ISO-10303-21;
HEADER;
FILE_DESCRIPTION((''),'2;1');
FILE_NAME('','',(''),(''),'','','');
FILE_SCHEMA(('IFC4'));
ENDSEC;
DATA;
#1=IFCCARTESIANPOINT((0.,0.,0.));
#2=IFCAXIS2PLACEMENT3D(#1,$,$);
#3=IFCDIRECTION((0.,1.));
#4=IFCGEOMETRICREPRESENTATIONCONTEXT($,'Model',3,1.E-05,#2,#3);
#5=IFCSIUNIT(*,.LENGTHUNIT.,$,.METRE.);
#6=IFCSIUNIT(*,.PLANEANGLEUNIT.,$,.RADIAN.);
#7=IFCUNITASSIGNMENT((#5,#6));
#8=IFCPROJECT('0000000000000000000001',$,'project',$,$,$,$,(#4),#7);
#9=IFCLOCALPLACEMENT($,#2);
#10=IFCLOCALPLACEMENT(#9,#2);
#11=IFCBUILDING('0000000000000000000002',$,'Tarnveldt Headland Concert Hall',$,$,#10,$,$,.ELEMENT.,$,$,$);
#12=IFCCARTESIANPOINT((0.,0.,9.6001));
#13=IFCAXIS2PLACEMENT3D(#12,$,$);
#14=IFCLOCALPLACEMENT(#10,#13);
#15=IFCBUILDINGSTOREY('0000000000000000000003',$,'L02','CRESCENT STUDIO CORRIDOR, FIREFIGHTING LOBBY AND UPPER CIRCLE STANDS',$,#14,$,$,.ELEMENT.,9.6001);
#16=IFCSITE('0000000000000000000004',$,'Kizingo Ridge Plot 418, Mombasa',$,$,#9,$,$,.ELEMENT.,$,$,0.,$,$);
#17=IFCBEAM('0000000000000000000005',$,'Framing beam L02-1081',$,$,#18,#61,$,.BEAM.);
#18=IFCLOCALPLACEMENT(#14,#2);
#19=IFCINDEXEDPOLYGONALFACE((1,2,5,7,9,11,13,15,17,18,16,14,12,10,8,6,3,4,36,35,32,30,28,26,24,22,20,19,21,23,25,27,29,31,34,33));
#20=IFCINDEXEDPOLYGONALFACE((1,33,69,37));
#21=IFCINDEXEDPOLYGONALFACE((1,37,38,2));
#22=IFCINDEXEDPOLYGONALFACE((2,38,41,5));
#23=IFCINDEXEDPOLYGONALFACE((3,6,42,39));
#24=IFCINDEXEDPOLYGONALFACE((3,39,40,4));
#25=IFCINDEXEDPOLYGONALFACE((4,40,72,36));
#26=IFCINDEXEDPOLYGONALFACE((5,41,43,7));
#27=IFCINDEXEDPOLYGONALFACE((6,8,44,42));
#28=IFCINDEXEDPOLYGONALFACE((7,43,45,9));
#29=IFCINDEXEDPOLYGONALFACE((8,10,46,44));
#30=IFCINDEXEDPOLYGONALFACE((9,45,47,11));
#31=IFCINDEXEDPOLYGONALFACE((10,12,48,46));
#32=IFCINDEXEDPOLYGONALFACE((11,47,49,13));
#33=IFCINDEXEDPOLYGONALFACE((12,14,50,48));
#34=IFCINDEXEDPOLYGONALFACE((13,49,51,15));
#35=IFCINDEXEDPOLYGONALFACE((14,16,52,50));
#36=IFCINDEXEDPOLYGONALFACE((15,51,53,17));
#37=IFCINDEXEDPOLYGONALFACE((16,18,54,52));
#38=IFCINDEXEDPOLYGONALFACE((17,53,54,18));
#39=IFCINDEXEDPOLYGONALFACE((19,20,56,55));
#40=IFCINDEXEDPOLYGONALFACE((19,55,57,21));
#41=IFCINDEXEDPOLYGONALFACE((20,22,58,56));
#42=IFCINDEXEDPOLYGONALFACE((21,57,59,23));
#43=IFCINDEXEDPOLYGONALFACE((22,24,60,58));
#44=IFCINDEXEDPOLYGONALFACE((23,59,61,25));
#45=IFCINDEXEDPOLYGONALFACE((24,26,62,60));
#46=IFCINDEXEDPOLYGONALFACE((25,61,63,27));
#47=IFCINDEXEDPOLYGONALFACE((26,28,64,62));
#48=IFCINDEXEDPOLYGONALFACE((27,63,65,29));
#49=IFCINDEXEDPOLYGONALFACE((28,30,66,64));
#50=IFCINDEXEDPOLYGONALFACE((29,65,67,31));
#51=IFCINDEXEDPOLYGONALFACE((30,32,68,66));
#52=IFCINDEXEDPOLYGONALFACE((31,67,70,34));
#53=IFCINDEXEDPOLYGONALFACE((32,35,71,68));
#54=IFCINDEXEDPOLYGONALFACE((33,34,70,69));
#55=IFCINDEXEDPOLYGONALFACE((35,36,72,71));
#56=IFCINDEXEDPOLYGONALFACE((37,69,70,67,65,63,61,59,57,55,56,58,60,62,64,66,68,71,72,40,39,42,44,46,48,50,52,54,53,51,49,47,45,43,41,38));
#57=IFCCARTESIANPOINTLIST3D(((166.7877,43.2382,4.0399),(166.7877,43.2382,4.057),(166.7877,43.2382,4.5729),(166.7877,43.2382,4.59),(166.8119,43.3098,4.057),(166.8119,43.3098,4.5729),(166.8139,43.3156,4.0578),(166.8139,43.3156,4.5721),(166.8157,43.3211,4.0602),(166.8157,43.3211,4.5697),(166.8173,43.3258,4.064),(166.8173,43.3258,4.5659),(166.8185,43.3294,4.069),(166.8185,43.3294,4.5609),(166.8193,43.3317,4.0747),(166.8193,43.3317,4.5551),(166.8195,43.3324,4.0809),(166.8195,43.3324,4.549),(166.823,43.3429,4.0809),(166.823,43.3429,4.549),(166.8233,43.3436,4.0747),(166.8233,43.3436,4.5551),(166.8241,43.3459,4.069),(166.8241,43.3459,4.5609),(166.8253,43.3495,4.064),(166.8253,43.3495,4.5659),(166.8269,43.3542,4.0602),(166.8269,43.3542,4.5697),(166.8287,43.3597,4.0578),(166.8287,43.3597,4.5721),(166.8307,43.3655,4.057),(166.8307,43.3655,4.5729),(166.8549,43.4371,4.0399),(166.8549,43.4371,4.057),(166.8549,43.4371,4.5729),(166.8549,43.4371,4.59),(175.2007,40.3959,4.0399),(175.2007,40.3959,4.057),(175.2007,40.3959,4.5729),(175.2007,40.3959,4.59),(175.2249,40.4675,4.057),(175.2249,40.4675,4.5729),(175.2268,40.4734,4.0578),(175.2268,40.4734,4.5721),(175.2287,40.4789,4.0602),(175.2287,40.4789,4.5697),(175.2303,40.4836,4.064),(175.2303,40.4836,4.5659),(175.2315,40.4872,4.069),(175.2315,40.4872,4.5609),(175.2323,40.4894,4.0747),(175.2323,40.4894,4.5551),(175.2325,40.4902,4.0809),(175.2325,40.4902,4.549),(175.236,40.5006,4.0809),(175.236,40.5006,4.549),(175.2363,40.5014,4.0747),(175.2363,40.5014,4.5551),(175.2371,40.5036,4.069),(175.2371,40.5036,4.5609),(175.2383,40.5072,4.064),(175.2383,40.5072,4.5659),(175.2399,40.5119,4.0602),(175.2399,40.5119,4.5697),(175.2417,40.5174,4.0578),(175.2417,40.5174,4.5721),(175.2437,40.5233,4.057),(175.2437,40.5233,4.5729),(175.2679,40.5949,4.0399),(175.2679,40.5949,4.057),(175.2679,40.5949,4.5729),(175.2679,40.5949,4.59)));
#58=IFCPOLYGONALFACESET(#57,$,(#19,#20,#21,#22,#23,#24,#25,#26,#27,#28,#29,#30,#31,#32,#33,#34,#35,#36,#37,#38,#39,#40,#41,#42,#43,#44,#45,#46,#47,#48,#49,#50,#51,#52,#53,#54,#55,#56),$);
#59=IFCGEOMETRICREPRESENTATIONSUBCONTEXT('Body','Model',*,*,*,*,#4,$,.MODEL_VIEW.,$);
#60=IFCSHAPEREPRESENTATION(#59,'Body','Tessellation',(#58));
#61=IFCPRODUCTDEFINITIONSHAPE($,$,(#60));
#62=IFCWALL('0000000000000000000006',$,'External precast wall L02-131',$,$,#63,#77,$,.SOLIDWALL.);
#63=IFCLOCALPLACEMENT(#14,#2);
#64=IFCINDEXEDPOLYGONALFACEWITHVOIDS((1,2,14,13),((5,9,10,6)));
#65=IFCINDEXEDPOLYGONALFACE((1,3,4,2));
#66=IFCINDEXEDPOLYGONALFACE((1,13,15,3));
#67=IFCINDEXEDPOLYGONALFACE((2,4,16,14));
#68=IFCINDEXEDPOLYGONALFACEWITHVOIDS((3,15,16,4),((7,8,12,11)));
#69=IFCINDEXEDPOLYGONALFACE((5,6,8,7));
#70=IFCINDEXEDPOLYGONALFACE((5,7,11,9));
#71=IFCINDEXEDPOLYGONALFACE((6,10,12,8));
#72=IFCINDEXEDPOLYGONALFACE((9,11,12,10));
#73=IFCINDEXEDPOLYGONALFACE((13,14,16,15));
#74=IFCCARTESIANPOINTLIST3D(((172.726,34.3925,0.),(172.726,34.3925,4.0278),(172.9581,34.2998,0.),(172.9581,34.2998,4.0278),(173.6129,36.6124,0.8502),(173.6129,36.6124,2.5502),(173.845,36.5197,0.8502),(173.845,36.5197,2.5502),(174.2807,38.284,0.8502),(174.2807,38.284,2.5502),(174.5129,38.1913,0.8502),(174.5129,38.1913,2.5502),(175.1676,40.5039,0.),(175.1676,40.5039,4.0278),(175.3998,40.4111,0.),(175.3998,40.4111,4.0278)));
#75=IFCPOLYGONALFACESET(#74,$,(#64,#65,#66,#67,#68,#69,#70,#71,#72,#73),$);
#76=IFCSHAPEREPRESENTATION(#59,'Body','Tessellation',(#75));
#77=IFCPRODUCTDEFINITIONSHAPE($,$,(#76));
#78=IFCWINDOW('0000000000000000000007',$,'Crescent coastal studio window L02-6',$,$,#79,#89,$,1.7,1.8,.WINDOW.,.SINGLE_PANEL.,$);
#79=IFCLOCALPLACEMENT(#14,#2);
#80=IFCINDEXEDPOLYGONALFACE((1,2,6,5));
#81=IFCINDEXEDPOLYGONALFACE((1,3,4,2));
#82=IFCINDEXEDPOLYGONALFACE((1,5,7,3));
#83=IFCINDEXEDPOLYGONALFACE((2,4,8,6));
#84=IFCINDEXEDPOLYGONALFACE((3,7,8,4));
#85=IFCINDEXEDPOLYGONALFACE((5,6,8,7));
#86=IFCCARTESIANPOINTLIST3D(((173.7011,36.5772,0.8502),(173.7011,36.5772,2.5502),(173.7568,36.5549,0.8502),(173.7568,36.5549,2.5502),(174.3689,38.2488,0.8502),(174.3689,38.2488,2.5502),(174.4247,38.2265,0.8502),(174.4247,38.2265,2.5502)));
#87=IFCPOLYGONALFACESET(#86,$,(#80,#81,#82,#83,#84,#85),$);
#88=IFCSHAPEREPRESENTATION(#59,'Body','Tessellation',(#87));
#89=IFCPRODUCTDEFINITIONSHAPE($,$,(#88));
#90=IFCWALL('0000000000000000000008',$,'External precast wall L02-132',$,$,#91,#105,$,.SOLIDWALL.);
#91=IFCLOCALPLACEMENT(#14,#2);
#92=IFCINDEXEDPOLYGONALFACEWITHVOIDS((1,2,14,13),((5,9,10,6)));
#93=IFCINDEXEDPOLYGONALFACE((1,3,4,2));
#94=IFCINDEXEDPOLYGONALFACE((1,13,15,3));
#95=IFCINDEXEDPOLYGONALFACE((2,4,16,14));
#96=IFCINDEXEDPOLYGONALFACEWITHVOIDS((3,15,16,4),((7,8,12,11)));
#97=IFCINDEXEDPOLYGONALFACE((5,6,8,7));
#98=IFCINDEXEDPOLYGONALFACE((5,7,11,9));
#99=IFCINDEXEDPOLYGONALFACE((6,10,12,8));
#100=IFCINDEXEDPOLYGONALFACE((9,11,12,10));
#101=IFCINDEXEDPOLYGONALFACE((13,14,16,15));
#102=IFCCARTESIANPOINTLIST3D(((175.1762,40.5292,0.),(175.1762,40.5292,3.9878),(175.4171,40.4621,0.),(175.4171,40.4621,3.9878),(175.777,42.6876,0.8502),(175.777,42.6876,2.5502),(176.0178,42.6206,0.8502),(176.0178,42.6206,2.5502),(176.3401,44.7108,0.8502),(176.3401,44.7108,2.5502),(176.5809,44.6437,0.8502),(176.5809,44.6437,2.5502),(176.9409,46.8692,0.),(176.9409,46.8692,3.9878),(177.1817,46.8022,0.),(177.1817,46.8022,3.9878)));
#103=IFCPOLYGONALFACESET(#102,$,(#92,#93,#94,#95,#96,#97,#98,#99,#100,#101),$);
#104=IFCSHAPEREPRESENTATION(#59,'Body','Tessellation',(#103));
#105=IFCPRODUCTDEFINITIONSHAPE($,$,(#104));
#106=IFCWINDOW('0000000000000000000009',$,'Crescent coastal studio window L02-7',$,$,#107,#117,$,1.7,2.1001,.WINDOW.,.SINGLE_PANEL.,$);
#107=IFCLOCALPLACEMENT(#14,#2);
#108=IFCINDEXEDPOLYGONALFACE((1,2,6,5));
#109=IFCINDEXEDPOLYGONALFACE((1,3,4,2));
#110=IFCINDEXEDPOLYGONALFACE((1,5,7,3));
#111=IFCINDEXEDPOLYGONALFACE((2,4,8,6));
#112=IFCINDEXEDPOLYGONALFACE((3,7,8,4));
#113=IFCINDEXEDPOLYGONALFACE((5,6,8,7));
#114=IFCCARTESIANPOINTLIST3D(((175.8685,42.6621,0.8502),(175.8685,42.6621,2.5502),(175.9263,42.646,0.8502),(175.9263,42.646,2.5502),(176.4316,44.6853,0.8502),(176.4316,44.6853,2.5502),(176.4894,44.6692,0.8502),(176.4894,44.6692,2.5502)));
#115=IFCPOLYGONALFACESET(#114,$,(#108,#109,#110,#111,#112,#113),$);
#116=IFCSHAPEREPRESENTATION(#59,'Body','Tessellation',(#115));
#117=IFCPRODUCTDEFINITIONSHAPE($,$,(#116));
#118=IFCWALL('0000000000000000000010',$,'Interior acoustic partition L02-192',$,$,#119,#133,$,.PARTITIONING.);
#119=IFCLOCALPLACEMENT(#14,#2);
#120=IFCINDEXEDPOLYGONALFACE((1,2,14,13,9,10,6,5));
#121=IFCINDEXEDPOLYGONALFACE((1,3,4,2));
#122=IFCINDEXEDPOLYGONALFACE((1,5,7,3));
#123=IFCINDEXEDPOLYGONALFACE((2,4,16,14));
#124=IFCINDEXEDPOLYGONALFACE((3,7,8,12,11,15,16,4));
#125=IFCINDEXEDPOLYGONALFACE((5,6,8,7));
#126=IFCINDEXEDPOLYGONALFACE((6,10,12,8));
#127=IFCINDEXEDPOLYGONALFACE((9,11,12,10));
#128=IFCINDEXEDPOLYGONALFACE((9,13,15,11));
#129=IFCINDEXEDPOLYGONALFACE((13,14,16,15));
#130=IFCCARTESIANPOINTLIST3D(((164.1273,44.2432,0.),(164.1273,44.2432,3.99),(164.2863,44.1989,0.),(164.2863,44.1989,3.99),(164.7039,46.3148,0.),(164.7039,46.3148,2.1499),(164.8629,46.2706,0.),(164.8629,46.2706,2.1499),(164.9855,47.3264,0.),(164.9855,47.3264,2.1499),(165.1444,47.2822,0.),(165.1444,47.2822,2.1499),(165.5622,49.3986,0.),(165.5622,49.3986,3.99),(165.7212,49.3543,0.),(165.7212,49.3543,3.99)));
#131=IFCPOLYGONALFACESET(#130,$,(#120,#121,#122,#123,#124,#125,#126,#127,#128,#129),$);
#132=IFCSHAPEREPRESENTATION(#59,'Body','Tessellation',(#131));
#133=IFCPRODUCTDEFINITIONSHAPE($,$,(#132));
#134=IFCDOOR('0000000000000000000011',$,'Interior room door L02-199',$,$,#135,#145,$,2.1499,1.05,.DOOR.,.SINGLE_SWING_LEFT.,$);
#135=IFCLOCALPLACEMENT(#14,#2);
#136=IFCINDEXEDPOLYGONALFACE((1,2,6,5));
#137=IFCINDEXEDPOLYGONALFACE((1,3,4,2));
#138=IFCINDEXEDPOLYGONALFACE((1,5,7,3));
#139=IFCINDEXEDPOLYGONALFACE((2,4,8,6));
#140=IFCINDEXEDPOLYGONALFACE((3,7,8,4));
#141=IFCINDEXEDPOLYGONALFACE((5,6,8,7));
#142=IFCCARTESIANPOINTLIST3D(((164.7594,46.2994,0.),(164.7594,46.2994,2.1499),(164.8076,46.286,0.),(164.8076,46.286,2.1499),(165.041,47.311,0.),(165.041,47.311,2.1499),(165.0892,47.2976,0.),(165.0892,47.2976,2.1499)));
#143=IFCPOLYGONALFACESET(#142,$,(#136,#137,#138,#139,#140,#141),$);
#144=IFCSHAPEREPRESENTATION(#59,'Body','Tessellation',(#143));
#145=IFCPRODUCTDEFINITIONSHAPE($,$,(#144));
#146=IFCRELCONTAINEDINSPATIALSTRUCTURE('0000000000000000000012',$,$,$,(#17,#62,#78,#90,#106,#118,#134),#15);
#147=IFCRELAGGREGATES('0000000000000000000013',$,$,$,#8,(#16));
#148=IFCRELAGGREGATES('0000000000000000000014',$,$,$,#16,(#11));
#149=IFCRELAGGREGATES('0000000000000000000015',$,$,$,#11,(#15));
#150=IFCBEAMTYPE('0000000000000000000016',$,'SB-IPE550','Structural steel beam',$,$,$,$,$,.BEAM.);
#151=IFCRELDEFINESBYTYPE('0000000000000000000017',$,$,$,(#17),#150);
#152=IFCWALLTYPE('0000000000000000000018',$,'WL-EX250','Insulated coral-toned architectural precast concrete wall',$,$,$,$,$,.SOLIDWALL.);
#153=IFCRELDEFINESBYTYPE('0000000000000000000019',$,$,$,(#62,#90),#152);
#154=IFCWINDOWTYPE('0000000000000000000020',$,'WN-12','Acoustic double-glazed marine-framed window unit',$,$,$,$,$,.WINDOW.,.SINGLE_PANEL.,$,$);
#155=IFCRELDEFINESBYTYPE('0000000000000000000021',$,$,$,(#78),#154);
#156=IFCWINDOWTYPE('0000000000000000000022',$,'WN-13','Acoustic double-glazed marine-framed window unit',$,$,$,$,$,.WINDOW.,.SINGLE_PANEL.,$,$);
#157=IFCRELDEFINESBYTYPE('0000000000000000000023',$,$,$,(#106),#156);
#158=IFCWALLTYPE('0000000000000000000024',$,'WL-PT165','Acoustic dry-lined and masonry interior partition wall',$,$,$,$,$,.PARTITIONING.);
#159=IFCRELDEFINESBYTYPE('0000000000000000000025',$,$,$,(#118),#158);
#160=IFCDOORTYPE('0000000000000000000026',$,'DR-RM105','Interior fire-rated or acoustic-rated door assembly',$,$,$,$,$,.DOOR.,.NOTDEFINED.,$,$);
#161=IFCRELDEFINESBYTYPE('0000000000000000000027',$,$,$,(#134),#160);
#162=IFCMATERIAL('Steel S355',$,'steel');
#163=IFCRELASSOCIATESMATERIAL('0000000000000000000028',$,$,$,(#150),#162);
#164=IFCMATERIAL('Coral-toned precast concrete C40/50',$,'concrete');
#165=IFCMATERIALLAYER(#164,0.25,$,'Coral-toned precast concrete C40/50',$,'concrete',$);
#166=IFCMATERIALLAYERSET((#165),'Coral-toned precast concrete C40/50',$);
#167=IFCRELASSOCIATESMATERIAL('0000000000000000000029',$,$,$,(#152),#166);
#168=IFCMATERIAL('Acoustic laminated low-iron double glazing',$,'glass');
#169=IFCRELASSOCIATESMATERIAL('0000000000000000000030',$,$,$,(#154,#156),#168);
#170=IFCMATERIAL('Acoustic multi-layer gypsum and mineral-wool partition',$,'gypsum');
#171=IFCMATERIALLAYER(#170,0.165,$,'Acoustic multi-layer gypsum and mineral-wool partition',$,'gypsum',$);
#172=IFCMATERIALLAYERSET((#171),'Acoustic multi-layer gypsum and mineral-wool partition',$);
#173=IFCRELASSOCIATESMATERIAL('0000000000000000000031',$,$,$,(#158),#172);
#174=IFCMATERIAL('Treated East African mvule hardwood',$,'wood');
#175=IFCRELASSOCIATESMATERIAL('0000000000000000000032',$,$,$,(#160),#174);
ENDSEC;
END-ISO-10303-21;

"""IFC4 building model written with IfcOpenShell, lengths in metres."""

from ifc_helpers import new_model, si_unit, direction, frame, frame_2d, origin, origin_2d, place, context, subcontext, project, spatial, rectangle, i_section, extrude, material, layer, layer_set, material_profile, profile_set, type_object, element, fill, save


model = new_model("IFC4")

# Units and contexts
model_context = context("Model", 3, precision=1e-05, world=origin(), true_north=direction((0.0, 1.0)))
body_context = subcontext(model_context, "Body", "Model", "MODEL_VIEW")
ifc_project = project(units=[si_unit("LENGTHUNIT", "METRE"), si_unit("PLANEANGLEUNIT", "RADIAN")], contexts=[model_context])

# Site, building, storey
site_placement = place(None, origin())
site = spatial("IfcSite", under=ifc_project, at=site_placement, Name="Kizingo Ridge Plot 418, Mombasa", CompositionType="ELEMENT", RefElevation=0.0)
building_placement = place(site_placement, origin())
building = spatial("IfcBuilding", under=site, at=building_placement, Name="Tarnveldt Headland Concert Hall", CompositionType="ELEMENT")
storey_placement = place(building_placement, frame((0.0, 0.0, 9.6001)))
storey = spatial("IfcBuildingStorey", under=building, at=storey_placement, Name="L02", Description="CRESCENT STUDIO CORRIDOR, FIREFIGHTING LOBBY AND UPPER CIRCLE STANDS", CompositionType="ELEMENT", Elevation=9.6001)

# Shared definitions
ifc_material_1 = material(Name="Steel S355", Category="steel")

# Beam
ifc_material_profile_1 = material_profile(ifc_material_1, i_section(OverallWidth=0.21, OverallDepth=0.55, WebThickness=0.011, FlangeThickness=0.0171, FilletRadius=0.0239, at=origin_2d()), Name="IPE550", Category="steel")
ifc_profile_set_1 = profile_set([ifc_material_profile_1], Name="Steel S355")
beam_type_1 = type_object("IfcBeamType", Name="SB-IPE550", Description="Structural steel beam", PredefinedType="BEAM", material=ifc_profile_set_1)
beam_1_placement = place(storey_placement, frame((166.8213, 43.3376, 4.3149), z_axis=(0.947394, -0.320069, 0.0), x_axis=(0.320069, 0.947394, 0.0)))
element("IfcBeam", 1, at=beam_1_placement, inside=storey, type_object=beam_type_1, Name="Framing beam L02-1081", PredefinedType="BEAM", context=body_context, shape_type="SweptSolid", body=[
    extrude(i_section(OverallWidth=0.21, OverallDepth=0.55, WebThickness=0.011, FlangeThickness=0.0171, FilletRadius=0.0239, at=origin_2d()), origin(), (0.0, 0.0, 1.0), 8.8801),
])

# Walls, openings, windows
ifc_material_2 = material(Name="Coral-toned precast concrete C40/50", Category="concrete")
ifc_layer_1 = layer(ifc_material_2, 0.25, Name="Coral-toned precast concrete C40/50", Category="concrete")
ifc_layer_set_1 = layer_set([ifc_layer_1], Name="Coral-toned precast concrete C40/50")
wall_type_1 = type_object("IfcWallType", Name="WL-EX250", Description="Insulated coral-toned architectural precast concrete wall", PredefinedType="SOLIDWALL", material=ifc_layer_set_1)
wall_1_placement = place(storey_placement, frame((175.2837, 40.4575, 0.0), z_axis=(0.0, 0.0, 1.0), x_axis=(-0.371013, -0.928628, 0.0)))
wall_1 = element("IfcWall", 2, at=wall_1_placement, inside=storey, type_object=wall_type_1, Name="External precast wall L02-131", PredefinedType="SOLIDWALL", context=body_context, shape_type="SweptSolid", body=[
    extrude(rectangle(XDim=6.5811, YDim=0.25, at=frame_2d((3.2905, 0.0))), origin(), (0.0, 0.0, 1.0), 4.0278),
])
opening_1_placement = place(wall_1_placement, frame((2.3906, 0.0, 0.8501)))
opening_1 = element("IfcOpeningElement", 3, at=opening_1_placement, cuts=wall_1, PredefinedType="OPENING", context=body_context, shape_type="SweptSolid", body=[
    extrude(rectangle(XDim=1.8, YDim=1.7, at=frame_2d((0.8999, 0.8501))), frame((0.0, 0.135, 0.0), z_axis=(0.0, -1.0, 0.0), x_axis=(1.0, 0.0, 0.0)), (0.0, 0.0, 1.0), 0.27),
])
ifc_material_3 = material(Name="Acoustic laminated low-iron double glazing", Category="glass")
window_type_1 = type_object("IfcWindowType", Name="WN-12", Description="Acoustic double-glazed marine-framed window unit", PartitioningType="SINGLE_PANEL", PredefinedType="WINDOW", material=ifc_material_3)
window_1_placement = place(opening_1_placement, origin())
window_1 = element("IfcWindow", 4, at=window_1_placement, inside=storey, type_object=window_type_1, Name="Crescent coastal studio window L02-6", OverallHeight=1.7, OverallWidth=1.8, PartitioningType="SINGLE_PANEL", PredefinedType="WINDOW", context=body_context, shape_type="SweptSolid", body=[
    extrude(rectangle(XDim=1.8, YDim=1.7, at=frame_2d((0.8999, 0.8501))), frame((0.0, 0.03, 0.0), z_axis=(0.0, -1.0, 0.0), x_axis=(1.0, 0.0, 0.0)), (0.0, 0.0, 1.0), 0.0601),
])
fill(opening_1, window_1)
wall_2_placement = place(storey_placement, frame((177.0613, 46.8357, 0.0), z_axis=(0.0, 0.0, 1.0), x_axis=(-0.268139, -0.96338, 0.0)))
wall_2 = element("IfcWall", 5, at=wall_2_placement, inside=storey, type_object=wall_type_1, Name="External precast wall L02-132", PredefinedType="SOLIDWALL", context=body_context, shape_type="SweptSolid", body=[
    extrude(rectangle(XDim=6.5811, YDim=0.25, at=frame_2d((3.2905, 0.0))), origin(), (0.0, 0.0, 1.0), 3.9878),
])
opening_2_placement = place(wall_2_placement, frame((2.2405, 0.0, 0.8501)))
opening_2 = element("IfcOpeningElement", 6, at=opening_2_placement, cuts=wall_2, PredefinedType="OPENING", context=body_context, shape_type="SweptSolid", body=[
    extrude(rectangle(XDim=2.1001, YDim=1.7, at=frame_2d((1.05, 0.8501))), frame((0.0, 0.135, 0.0), z_axis=(0.0, -1.0, 0.0), x_axis=(1.0, 0.0, 0.0)), (0.0, 0.0, 1.0), 0.27),
])
window_type_2 = type_object("IfcWindowType", Name="WN-13", Description="Acoustic double-glazed marine-framed window unit", PartitioningType="SINGLE_PANEL", PredefinedType="WINDOW", material=ifc_material_3)
window_2_placement = place(opening_2_placement, origin())
window_2 = element("IfcWindow", 7, at=window_2_placement, inside=storey, type_object=window_type_2, Name="Crescent coastal studio window L02-7", OverallHeight=1.7, OverallWidth=2.1001, PartitioningType="SINGLE_PANEL", PredefinedType="WINDOW", context=body_context, shape_type="SweptSolid", body=[
    extrude(rectangle(XDim=2.1001, YDim=1.7, at=frame_2d((1.05, 0.8501))), frame((0.0, 0.03, 0.0), z_axis=(0.0, -1.0, 0.0), x_axis=(1.0, 0.0, 0.0)), (0.0, 0.0, 1.0), 0.0601),
])
fill(opening_2, window_2)

# Wall, opening, door
ifc_material_4 = material(Name="Acoustic multi-layer gypsum and mineral-wool partition", Category="gypsum")
ifc_layer_2 = layer(ifc_material_4, 0.165, Name="Acoustic multi-layer gypsum and mineral-wool partition", Category="gypsum")
ifc_layer_set_2 = layer_set([ifc_layer_2], Name="Acoustic multi-layer gypsum and mineral-wool partition")
wall_type_2 = type_object("IfcWallType", Name="WL-PT165", Description="Acoustic dry-lined and masonry interior partition wall", PredefinedType="PARTITIONING", material=ifc_layer_set_2)
wall_3_placement = place(storey_placement, frame((164.2068, 44.2209, 0.0), z_axis=(0.0, 0.0, 1.0), x_axis=(0.268129, 0.963383, 0.0)))
wall_3 = element("IfcWall", 8, at=wall_3_placement, inside=storey, type_object=wall_type_2, Name="Interior acoustic partition L02-192", PredefinedType="PARTITIONING", context=body_context, shape_type="SweptSolid", body=[
    extrude(rectangle(XDim=5.3513, YDim=0.165, at=frame_2d((2.6758, 0.0))), origin(), (0.0, 0.0, 1.0), 3.99),
])
opening_3_placement = place(wall_3_placement, frame((2.1506, 0.0, 0.0)))
opening_3 = element("IfcOpeningElement", 9, at=opening_3_placement, cuts=wall_3, PredefinedType="OPENING", context=body_context, shape_type="SweptSolid", body=[
    extrude(rectangle(XDim=1.05, YDim=2.1499, at=frame_2d((0.5249, 1.075))), frame((0.0, 0.0925, 0.0), z_axis=(0.0, -1.0, 0.0), x_axis=(1.0, 0.0, 0.0)), (0.0, 0.0, 1.0), 0.1851),
])
ifc_material_5 = material(Name="Treated East African mvule hardwood", Category="wood")
door_type_1 = type_object("IfcDoorType", Name="DR-RM105", Description="Interior fire-rated or acoustic-rated door assembly", OperationType="NOTDEFINED", PredefinedType="DOOR", material=ifc_material_5)
door_1_placement = place(opening_3_placement, origin())
door_1 = element("IfcDoor", 10, at=door_1_placement, inside=storey, type_object=door_type_1, Name="Interior room door L02-199", OperationType="SINGLE_SWING_LEFT", OverallHeight=2.1499, OverallWidth=1.05, PredefinedType="DOOR", context=body_context, shape_type="SweptSolid", body=[
    extrude(rectangle(XDim=1.05, YDim=2.1499, at=frame_2d((0.5249, 1.075))), frame((0.0, 0.0249, 0.0), z_axis=(0.0, -1.0, 0.0), x_axis=(1.0, 0.0, 0.0)), (0.0, 0.0, 1.0), 0.05),
])
fill(opening_3, door_1)

save(model, "model.ifc")
